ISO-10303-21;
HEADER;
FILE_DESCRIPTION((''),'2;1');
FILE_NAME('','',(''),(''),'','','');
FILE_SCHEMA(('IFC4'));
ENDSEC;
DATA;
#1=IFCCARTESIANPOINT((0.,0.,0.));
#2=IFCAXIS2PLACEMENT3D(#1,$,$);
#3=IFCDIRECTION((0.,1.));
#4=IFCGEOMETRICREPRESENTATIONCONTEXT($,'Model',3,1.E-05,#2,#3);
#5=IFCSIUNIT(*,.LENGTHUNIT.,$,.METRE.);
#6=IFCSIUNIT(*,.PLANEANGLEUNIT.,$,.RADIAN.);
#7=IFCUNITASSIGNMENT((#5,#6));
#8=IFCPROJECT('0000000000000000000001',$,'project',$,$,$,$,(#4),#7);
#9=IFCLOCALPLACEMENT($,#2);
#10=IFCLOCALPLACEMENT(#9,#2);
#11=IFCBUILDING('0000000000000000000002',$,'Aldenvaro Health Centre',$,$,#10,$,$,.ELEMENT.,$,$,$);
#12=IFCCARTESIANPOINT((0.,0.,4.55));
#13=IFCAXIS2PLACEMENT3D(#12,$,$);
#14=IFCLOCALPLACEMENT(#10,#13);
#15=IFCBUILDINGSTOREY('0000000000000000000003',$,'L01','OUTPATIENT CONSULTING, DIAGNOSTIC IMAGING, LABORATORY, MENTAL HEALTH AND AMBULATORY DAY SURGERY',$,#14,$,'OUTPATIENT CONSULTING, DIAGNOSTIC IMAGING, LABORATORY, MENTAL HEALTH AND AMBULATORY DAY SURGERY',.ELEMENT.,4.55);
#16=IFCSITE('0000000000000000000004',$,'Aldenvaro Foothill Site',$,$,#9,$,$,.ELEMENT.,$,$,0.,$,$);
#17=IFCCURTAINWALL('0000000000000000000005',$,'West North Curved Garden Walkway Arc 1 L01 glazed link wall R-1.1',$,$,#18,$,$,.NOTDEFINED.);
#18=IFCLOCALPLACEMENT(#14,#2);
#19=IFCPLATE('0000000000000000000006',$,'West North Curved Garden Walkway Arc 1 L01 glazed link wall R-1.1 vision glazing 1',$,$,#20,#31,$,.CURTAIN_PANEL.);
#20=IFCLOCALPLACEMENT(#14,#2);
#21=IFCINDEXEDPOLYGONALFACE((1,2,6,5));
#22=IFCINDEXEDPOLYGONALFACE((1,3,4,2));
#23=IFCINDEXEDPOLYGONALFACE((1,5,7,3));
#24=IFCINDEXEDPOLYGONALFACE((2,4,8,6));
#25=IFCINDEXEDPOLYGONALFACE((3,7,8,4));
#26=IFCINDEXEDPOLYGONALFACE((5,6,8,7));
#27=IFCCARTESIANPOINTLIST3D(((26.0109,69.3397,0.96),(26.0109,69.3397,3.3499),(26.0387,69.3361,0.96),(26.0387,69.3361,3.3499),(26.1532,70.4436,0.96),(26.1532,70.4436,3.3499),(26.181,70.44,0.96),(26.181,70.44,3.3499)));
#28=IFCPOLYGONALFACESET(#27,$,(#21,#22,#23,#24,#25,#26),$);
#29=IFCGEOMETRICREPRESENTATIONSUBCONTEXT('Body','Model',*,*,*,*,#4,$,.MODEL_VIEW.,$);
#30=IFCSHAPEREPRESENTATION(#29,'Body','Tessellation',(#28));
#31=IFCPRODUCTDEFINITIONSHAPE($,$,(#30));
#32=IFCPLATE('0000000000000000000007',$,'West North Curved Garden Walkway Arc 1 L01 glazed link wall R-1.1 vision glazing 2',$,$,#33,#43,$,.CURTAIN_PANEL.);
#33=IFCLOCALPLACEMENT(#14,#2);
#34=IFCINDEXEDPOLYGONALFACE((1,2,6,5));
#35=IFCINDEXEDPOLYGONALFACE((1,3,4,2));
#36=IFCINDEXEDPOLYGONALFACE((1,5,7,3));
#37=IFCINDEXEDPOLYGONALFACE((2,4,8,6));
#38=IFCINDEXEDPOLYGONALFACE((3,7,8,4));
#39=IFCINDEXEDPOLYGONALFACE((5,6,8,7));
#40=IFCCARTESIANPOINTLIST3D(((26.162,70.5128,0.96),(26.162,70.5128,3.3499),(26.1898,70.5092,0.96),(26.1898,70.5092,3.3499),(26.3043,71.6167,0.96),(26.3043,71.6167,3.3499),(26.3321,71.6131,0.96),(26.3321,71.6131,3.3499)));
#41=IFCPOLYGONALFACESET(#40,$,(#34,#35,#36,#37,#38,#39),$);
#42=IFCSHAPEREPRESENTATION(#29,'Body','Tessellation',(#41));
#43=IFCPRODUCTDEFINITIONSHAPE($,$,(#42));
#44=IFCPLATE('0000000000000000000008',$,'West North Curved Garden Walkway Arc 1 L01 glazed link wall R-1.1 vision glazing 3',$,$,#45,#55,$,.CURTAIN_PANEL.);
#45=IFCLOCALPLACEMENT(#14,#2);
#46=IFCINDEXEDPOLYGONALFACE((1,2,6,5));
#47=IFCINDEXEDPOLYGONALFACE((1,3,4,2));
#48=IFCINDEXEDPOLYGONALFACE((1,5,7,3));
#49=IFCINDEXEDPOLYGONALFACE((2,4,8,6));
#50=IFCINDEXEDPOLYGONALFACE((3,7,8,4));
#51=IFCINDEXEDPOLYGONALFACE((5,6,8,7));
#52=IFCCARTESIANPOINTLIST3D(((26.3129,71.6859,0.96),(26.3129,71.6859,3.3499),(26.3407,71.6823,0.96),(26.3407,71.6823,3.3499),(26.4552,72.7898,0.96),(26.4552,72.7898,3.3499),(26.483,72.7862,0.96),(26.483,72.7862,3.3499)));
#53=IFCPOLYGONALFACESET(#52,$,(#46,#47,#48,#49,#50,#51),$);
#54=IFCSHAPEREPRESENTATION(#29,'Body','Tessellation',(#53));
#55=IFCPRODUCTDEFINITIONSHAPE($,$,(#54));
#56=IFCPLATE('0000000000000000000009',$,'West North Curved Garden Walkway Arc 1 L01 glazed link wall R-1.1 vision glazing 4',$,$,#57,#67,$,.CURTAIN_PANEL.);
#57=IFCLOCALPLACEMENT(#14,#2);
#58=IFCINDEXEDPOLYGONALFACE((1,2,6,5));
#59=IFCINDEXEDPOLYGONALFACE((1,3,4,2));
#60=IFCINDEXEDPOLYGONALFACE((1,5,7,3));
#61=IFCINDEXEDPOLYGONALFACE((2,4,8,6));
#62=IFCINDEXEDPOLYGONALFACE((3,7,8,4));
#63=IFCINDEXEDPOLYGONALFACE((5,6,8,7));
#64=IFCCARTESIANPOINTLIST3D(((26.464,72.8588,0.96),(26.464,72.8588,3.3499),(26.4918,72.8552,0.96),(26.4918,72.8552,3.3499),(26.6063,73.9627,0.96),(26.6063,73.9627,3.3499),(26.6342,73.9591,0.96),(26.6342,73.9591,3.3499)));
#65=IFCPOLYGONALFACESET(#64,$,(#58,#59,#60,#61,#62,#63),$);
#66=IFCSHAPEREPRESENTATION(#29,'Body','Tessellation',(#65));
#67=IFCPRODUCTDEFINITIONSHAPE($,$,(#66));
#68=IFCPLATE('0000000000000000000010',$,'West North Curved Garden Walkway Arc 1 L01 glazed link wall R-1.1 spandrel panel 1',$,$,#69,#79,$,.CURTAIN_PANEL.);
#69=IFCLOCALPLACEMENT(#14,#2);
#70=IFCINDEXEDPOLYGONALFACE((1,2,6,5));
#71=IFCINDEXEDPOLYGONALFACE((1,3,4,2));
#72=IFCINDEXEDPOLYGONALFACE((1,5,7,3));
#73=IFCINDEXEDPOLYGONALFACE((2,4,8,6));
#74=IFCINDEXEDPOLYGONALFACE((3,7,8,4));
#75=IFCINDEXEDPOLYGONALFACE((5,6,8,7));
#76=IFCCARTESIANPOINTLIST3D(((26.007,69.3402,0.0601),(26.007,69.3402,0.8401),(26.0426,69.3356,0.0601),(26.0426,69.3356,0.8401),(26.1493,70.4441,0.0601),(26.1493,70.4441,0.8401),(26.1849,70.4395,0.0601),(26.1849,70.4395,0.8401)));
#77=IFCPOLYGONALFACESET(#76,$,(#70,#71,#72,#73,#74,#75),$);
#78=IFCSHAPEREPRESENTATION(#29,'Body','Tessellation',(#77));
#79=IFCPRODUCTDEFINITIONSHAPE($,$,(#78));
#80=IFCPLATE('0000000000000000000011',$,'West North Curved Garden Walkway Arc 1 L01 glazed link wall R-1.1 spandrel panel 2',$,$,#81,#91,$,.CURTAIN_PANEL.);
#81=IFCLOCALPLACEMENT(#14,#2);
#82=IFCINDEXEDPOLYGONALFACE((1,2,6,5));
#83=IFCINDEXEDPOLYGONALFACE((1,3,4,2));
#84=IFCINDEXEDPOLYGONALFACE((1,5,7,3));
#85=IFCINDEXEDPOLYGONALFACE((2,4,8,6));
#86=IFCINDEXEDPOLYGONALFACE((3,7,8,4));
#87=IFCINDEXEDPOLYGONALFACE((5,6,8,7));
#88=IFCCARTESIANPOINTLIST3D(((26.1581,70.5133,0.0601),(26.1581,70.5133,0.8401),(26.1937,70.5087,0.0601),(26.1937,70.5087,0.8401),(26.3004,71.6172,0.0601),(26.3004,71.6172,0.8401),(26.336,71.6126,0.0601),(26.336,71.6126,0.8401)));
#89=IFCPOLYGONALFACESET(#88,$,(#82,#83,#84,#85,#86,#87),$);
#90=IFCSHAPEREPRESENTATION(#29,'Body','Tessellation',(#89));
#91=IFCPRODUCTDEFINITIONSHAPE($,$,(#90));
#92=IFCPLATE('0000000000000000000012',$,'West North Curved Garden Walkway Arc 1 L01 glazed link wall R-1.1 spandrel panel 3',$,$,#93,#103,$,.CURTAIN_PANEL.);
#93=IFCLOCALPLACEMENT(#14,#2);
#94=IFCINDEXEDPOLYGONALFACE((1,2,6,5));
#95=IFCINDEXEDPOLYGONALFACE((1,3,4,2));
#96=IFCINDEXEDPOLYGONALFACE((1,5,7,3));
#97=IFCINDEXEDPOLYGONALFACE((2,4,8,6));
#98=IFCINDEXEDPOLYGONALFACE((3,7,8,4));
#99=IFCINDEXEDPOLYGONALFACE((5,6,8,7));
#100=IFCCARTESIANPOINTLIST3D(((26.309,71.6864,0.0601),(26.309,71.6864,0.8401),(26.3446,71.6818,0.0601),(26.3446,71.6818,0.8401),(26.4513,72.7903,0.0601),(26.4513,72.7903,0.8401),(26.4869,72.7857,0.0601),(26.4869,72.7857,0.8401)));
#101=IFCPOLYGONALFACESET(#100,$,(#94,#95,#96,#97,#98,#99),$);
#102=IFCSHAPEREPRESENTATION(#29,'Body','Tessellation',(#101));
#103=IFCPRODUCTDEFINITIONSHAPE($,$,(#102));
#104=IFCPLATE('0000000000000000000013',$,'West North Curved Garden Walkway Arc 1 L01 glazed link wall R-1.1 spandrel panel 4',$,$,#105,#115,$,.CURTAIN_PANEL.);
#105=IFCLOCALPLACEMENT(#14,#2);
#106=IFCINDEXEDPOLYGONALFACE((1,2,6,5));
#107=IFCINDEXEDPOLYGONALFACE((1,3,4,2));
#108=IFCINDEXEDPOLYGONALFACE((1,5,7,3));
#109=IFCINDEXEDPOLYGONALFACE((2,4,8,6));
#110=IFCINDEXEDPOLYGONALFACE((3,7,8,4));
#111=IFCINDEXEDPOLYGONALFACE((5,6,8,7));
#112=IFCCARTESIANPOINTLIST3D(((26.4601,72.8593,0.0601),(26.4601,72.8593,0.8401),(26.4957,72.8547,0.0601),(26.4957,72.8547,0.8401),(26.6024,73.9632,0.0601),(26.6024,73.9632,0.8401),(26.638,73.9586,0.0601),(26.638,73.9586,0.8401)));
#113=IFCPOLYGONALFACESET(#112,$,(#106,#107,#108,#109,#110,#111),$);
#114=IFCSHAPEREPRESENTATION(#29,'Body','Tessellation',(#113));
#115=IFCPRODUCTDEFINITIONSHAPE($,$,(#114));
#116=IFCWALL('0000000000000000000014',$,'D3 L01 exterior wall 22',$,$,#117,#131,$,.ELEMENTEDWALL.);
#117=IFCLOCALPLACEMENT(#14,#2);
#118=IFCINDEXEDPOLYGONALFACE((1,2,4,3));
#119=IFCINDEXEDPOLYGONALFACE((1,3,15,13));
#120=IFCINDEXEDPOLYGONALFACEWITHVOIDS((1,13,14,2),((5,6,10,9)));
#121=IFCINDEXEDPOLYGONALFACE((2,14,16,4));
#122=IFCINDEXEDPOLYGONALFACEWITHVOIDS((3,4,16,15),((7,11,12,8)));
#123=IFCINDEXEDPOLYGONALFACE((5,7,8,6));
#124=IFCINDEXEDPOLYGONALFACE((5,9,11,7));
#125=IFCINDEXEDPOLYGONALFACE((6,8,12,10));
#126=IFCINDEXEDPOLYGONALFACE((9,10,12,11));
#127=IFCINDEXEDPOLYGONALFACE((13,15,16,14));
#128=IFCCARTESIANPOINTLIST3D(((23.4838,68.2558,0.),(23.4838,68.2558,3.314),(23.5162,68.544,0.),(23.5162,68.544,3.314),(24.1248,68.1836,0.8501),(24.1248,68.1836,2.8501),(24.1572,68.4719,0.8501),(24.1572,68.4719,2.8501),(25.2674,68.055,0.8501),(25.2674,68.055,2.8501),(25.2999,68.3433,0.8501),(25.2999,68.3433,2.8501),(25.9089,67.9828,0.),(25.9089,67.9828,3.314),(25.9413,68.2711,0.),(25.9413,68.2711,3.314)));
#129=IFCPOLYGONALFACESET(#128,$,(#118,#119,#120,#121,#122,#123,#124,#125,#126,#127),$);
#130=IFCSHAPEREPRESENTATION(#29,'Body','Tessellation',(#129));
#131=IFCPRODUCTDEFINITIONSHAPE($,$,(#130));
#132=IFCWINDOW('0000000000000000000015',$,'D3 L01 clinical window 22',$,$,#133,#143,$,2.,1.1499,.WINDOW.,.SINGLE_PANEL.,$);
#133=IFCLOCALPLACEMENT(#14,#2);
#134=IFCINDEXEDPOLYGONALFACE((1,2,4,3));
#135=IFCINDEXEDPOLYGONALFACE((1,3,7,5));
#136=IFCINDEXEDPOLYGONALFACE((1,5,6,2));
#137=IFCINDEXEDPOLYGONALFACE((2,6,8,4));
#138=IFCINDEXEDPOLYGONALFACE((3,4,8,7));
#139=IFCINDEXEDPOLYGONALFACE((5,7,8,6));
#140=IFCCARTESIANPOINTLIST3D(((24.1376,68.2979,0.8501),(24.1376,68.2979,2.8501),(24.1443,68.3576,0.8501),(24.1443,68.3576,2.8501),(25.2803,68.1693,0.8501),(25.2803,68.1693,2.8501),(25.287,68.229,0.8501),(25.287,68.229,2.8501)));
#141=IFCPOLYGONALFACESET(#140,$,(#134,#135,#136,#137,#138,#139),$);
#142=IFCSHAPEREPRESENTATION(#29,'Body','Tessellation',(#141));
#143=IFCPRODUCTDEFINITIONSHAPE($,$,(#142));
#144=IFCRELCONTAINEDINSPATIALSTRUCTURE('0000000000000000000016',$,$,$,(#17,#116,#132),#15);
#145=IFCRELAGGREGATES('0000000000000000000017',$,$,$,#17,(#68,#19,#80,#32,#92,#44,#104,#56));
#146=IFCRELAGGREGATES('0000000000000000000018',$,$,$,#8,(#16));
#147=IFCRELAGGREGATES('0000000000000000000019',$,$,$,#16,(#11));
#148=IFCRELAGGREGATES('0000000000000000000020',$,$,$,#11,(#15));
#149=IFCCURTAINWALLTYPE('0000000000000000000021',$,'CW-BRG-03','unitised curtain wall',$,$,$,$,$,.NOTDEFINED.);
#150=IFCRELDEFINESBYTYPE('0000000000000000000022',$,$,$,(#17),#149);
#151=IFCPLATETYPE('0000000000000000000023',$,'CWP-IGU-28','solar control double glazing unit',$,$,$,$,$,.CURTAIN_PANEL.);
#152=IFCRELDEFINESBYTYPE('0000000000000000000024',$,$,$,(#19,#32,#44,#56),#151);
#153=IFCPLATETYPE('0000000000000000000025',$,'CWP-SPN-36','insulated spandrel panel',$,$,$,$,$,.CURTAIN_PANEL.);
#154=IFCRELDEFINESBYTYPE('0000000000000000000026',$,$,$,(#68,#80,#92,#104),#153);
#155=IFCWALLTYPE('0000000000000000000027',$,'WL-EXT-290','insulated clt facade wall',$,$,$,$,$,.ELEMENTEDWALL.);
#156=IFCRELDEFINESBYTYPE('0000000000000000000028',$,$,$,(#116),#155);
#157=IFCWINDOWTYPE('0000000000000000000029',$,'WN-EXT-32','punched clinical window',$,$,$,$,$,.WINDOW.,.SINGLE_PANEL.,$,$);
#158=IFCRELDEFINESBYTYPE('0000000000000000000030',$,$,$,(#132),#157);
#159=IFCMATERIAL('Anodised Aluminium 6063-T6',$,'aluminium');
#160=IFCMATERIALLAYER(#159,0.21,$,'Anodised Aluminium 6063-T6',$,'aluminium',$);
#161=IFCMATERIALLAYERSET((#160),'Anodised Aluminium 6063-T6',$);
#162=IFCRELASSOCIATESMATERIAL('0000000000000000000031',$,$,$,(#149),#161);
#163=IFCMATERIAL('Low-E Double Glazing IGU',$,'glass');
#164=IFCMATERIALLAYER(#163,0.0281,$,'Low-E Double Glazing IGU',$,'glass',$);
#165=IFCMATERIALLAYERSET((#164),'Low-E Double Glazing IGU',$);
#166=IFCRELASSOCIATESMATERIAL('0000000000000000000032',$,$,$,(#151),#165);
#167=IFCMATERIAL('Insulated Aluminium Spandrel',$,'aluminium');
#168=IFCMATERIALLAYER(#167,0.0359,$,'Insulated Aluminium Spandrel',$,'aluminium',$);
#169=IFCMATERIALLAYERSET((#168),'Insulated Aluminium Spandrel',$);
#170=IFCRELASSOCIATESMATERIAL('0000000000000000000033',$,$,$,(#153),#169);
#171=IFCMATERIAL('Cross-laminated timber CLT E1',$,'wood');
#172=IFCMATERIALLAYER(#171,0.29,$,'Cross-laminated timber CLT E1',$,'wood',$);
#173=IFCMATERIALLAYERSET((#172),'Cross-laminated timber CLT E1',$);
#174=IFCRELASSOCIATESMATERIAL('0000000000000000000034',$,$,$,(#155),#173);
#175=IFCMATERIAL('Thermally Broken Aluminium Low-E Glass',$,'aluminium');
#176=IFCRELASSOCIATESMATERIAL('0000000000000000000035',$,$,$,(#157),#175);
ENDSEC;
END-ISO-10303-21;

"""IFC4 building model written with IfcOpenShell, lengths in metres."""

from ifc_helpers import new_model, si_unit, direction, frame, frame_2d, origin, origin_2d, place, context, subcontext, project, spatial, rectangle, extrude, material, layer, layer_set, type_object, element, fill, aggregate, save


model = new_model("IFC4")

# Units and contexts
model_context = context("Model", 3, precision=1e-05, world=origin(), true_north=direction((0.0, 1.0)))
body_context = subcontext(model_context, "Body", "Model", "MODEL_VIEW")
ifc_project = project(units=[si_unit("LENGTHUNIT", "METRE"), si_unit("PLANEANGLEUNIT", "RADIAN")], contexts=[model_context])

# Site, building, storey
site_placement = place(None, origin())
site = spatial("IfcSite", under=ifc_project, at=site_placement, Name="Aldenvaro Foothill Site", CompositionType="ELEMENT", RefElevation=0.0)
building_placement = place(site_placement, origin())
building = spatial("IfcBuilding", under=site, at=building_placement, Name="Aldenvaro Health Centre", CompositionType="ELEMENT")
storey_placement = place(building_placement, frame((0.0, 0.0, 4.55)))
storey = spatial("IfcBuildingStorey", under=building, at=storey_placement, Name="L01", Description="OUTPATIENT CONSULTING, DIAGNOSTIC IMAGING, LABORATORY, MENTAL HEALTH AND AMBULATORY DAY SURGERY", LongName="OUTPATIENT CONSULTING, DIAGNOSTIC IMAGING, LABORATORY, MENTAL HEALTH AND AMBULATORY DAY SURGERY", CompositionType="ELEMENT", Elevation=4.55)

# Curtain wall
ifc_material_1 = material(Name="Anodised Aluminium 6063-T6", Category="aluminium")
ifc_layer_1 = layer(ifc_material_1, 0.21, Name="Anodised Aluminium 6063-T6", Category="aluminium")
ifc_layer_set_1 = layer_set([ifc_layer_1], Name="Anodised Aluminium 6063-T6")
curtain_wall_type_1 = type_object("IfcCurtainWallType", Name="CW-BRG-03", Description="unitised curtain wall", PredefinedType="NOTDEFINED", material=ifc_layer_set_1)
curtain_wall_1_placement = place(storey_placement, origin())
curtain_wall_1 = element("IfcCurtainWall", 1, at=curtain_wall_1_placement, inside=storey, type_object=curtain_wall_type_1, Name="West North Curved Garden Walkway Arc 1 L01 glazed link wall R-1.1", PredefinedType="NOTDEFINED")

# Plates
ifc_material_2 = material(Name="Low-E Double Glazing IGU", Category="glass")
ifc_layer_2 = layer(ifc_material_2, 0.0281, Name="Low-E Double Glazing IGU", Category="glass")
ifc_layer_set_2 = layer_set([ifc_layer_2], Name="Low-E Double Glazing IGU")
plate_type_1 = type_object("IfcPlateType", Name="CWP-IGU-28", Description="solar control double glazing unit", PredefinedType="CURTAIN_PANEL", material=ifc_layer_set_2)
plate_1_placement = place(storey_placement, frame((26.0959, 69.8899, 0.96), z_axis=(0.0, 0.0, 1.0), x_axis=(0.127857, 0.991793, 0.0)))
plate_1 = element("IfcPlate", 2, at=plate_1_placement, type_object=plate_type_1, Name="West North Curved Garden Walkway Arc 1 L01 glazed link wall R-1.1 vision glazing 1", PredefinedType="CURTAIN_PANEL", context=body_context, shape_type="SweptSolid", body=[
    extrude(rectangle(XDim=1.113, YDim=0.0281, at=origin_2d()), origin(), (0.0, 0.0, 1.0), 2.3899),
])
plate_2_placement = place(storey_placement, frame((26.2471, 71.063, 0.96), z_axis=(0.0, 0.0, 1.0), x_axis=(0.127857, 0.991793, 0.0)))
plate_2 = element("IfcPlate", 3, at=plate_2_placement, type_object=plate_type_1, Name="West North Curved Garden Walkway Arc 1 L01 glazed link wall R-1.1 vision glazing 2", PredefinedType="CURTAIN_PANEL", context=body_context, shape_type="SweptSolid", body=[
    extrude(rectangle(XDim=1.113, YDim=0.0281, at=origin_2d()), origin(), (0.0, 0.0, 1.0), 2.3899),
])
plate_3_placement = place(storey_placement, frame((26.3979, 72.2361, 0.96), z_axis=(0.0, 0.0, 1.0), x_axis=(0.127857, 0.991793, 0.0)))
plate_3 = element("IfcPlate", 4, at=plate_3_placement, type_object=plate_type_1, Name="West North Curved Garden Walkway Arc 1 L01 glazed link wall R-1.1 vision glazing 3", PredefinedType="CURTAIN_PANEL", context=body_context, shape_type="SweptSolid", body=[
    extrude(rectangle(XDim=1.113, YDim=0.0281, at=origin_2d()), origin(), (0.0, 0.0, 1.0), 2.3899),
])
plate_4_placement = place(storey_placement, frame((26.5491, 73.4089, 0.96), z_axis=(0.0, 0.0, 1.0), x_axis=(0.127857, 0.991793, 0.0)))
plate_4 = element("IfcPlate", 5, at=plate_4_placement, type_object=plate_type_1, Name="West North Curved Garden Walkway Arc 1 L01 glazed link wall R-1.1 vision glazing 4", PredefinedType="CURTAIN_PANEL", context=body_context, shape_type="SweptSolid", body=[
    extrude(rectangle(XDim=1.113, YDim=0.0281, at=origin_2d()), origin(), (0.0, 0.0, 1.0), 2.3899),
])
ifc_material_3 = material(Name="Insulated Aluminium Spandrel", Category="aluminium")
ifc_layer_3 = layer(ifc_material_3, 0.0359, Name="Insulated Aluminium Spandrel", Category="aluminium")
ifc_layer_set_3 = layer_set([ifc_layer_3], Name="Insulated Aluminium Spandrel")
plate_type_2 = type_object("IfcPlateType", Name="CWP-SPN-36", Description="insulated spandrel panel", PredefinedType="CURTAIN_PANEL", material=ifc_layer_set_3)
plate_5_placement = place(storey_placement, frame((26.0959, 69.8899, 0.0601), z_axis=(0.0, 0.0, 1.0), x_axis=(0.127857, 0.991793, 0.0)))
plate_5 = element("IfcPlate", 6, at=plate_5_placement, type_object=plate_type_2, Name="West North Curved Garden Walkway Arc 1 L01 glazed link wall R-1.1 spandrel panel 1", PredefinedType="CURTAIN_PANEL", context=body_context, shape_type="SweptSolid", body=[
    extrude(rectangle(XDim=1.113, YDim=0.0359, at=origin_2d()), origin(), (0.0, 0.0, 1.0), 0.78),
])
plate_6_placement = place(storey_placement, frame((26.2471, 71.063, 0.0601), z_axis=(0.0, 0.0, 1.0), x_axis=(0.127857, 0.991793, 0.0)))
plate_6 = element("IfcPlate", 7, at=plate_6_placement, type_object=plate_type_2, Name="West North Curved Garden Walkway Arc 1 L01 glazed link wall R-1.1 spandrel panel 2", PredefinedType="CURTAIN_PANEL", context=body_context, shape_type="SweptSolid", body=[
    extrude(rectangle(XDim=1.113, YDim=0.0359, at=origin_2d()), origin(), (0.0, 0.0, 1.0), 0.78),
])
plate_7_placement = place(storey_placement, frame((26.3979, 72.2361, 0.0601), z_axis=(0.0, 0.0, 1.0), x_axis=(0.127857, 0.991793, 0.0)))
plate_7 = element("IfcPlate", 8, at=plate_7_placement, type_object=plate_type_2, Name="West North Curved Garden Walkway Arc 1 L01 glazed link wall R-1.1 spandrel panel 3", PredefinedType="CURTAIN_PANEL", context=body_context, shape_type="SweptSolid", body=[
    extrude(rectangle(XDim=1.113, YDim=0.0359, at=origin_2d()), origin(), (0.0, 0.0, 1.0), 0.78),
])
plate_8_placement = place(storey_placement, frame((26.5491, 73.4089, 0.0601), z_axis=(0.0, 0.0, 1.0), x_axis=(0.127857, 0.991793, 0.0)))
plate_8 = element("IfcPlate", 9, at=plate_8_placement, type_object=plate_type_2, Name="West North Curved Garden Walkway Arc 1 L01 glazed link wall R-1.1 spandrel panel 4", PredefinedType="CURTAIN_PANEL", context=body_context, shape_type="SweptSolid", body=[
    extrude(rectangle(XDim=1.113, YDim=0.0359, at=origin_2d()), origin(), (0.0, 0.0, 1.0), 0.78),
])
aggregate(curtain_wall_1, [plate_5, plate_1, plate_6, plate_2, plate_7, plate_3, plate_8, plate_4])

# Wall, opening, window
ifc_material_4 = material(Name="Cross-laminated timber CLT E1", Category="wood")
ifc_layer_4 = layer(ifc_material_4, 0.29, Name="Cross-laminated timber CLT E1", Category="wood")
ifc_layer_set_4 = layer_set([ifc_layer_4], Name="Cross-laminated timber CLT E1")
wall_type = type_object("IfcWallType", Name="WL-EXT-290", Description="insulated clt facade wall", PredefinedType="ELEMENTEDWALL", material=ifc_layer_set_4)
wall_placement = place(storey_placement, frame((23.5, 68.3999, 0.0), z_axis=(0.0, 0.0, 1.0), x_axis=(0.993725, -0.111848, 0.0)))
wall = element("IfcWall", 10, at=wall_placement, inside=storey, type_object=wall_type, Name="D3 L01 exterior wall 22", PredefinedType="ELEMENTEDWALL", context=body_context, shape_type="SweptSolid", body=[
    extrude(rectangle(XDim=2.4404, YDim=0.29, at=frame_2d((1.2202, 0.0))), origin(), (0.0, 0.0, 1.0), 3.314),
])
opening_placement = place(wall_placement, frame((0.645, 0.0, 0.8501)))
opening = element("IfcOpeningElement", 11, at=opening_placement, cuts=wall, PredefinedType="OPENING", context=body_context, shape_type="SweptSolid", body=[
    extrude(rectangle(XDim=1.1499, YDim=2.0, at=frame_2d((0.575, 1.0))), frame((0.0, 0.155, 0.0), z_axis=(0.0, -1.0, 0.0), x_axis=(1.0, 0.0, 0.0)), (0.0, 0.0, 1.0), 0.3101),
])
ifc_material_5 = material(Name="Thermally Broken Aluminium Low-E Glass", Category="aluminium")
window_type = type_object("IfcWindowType", Name="WN-EXT-32", Description="punched clinical window", PartitioningType="SINGLE_PANEL", PredefinedType="WINDOW", material=ifc_material_5)
window_placement = place(opening_placement, origin())
window = element("IfcWindow", 12, at=window_placement, inside=storey, type_object=window_type, Name="D3 L01 clinical window 22", OverallHeight=2.0, OverallWidth=1.1499, PartitioningType="SINGLE_PANEL", PredefinedType="WINDOW", context=body_context, shape_type="SweptSolid", body=[
    extrude(rectangle(XDim=1.1499, YDim=2.0, at=frame_2d((0.575, 1.0))), frame((0.0, 0.03, 0.0), z_axis=(0.0, -1.0, 0.0), x_axis=(1.0, 0.0, 0.0)), (0.0, 0.0, 1.0), 0.0601),
])
fill(opening, window)

save(model, "model.ifc")
